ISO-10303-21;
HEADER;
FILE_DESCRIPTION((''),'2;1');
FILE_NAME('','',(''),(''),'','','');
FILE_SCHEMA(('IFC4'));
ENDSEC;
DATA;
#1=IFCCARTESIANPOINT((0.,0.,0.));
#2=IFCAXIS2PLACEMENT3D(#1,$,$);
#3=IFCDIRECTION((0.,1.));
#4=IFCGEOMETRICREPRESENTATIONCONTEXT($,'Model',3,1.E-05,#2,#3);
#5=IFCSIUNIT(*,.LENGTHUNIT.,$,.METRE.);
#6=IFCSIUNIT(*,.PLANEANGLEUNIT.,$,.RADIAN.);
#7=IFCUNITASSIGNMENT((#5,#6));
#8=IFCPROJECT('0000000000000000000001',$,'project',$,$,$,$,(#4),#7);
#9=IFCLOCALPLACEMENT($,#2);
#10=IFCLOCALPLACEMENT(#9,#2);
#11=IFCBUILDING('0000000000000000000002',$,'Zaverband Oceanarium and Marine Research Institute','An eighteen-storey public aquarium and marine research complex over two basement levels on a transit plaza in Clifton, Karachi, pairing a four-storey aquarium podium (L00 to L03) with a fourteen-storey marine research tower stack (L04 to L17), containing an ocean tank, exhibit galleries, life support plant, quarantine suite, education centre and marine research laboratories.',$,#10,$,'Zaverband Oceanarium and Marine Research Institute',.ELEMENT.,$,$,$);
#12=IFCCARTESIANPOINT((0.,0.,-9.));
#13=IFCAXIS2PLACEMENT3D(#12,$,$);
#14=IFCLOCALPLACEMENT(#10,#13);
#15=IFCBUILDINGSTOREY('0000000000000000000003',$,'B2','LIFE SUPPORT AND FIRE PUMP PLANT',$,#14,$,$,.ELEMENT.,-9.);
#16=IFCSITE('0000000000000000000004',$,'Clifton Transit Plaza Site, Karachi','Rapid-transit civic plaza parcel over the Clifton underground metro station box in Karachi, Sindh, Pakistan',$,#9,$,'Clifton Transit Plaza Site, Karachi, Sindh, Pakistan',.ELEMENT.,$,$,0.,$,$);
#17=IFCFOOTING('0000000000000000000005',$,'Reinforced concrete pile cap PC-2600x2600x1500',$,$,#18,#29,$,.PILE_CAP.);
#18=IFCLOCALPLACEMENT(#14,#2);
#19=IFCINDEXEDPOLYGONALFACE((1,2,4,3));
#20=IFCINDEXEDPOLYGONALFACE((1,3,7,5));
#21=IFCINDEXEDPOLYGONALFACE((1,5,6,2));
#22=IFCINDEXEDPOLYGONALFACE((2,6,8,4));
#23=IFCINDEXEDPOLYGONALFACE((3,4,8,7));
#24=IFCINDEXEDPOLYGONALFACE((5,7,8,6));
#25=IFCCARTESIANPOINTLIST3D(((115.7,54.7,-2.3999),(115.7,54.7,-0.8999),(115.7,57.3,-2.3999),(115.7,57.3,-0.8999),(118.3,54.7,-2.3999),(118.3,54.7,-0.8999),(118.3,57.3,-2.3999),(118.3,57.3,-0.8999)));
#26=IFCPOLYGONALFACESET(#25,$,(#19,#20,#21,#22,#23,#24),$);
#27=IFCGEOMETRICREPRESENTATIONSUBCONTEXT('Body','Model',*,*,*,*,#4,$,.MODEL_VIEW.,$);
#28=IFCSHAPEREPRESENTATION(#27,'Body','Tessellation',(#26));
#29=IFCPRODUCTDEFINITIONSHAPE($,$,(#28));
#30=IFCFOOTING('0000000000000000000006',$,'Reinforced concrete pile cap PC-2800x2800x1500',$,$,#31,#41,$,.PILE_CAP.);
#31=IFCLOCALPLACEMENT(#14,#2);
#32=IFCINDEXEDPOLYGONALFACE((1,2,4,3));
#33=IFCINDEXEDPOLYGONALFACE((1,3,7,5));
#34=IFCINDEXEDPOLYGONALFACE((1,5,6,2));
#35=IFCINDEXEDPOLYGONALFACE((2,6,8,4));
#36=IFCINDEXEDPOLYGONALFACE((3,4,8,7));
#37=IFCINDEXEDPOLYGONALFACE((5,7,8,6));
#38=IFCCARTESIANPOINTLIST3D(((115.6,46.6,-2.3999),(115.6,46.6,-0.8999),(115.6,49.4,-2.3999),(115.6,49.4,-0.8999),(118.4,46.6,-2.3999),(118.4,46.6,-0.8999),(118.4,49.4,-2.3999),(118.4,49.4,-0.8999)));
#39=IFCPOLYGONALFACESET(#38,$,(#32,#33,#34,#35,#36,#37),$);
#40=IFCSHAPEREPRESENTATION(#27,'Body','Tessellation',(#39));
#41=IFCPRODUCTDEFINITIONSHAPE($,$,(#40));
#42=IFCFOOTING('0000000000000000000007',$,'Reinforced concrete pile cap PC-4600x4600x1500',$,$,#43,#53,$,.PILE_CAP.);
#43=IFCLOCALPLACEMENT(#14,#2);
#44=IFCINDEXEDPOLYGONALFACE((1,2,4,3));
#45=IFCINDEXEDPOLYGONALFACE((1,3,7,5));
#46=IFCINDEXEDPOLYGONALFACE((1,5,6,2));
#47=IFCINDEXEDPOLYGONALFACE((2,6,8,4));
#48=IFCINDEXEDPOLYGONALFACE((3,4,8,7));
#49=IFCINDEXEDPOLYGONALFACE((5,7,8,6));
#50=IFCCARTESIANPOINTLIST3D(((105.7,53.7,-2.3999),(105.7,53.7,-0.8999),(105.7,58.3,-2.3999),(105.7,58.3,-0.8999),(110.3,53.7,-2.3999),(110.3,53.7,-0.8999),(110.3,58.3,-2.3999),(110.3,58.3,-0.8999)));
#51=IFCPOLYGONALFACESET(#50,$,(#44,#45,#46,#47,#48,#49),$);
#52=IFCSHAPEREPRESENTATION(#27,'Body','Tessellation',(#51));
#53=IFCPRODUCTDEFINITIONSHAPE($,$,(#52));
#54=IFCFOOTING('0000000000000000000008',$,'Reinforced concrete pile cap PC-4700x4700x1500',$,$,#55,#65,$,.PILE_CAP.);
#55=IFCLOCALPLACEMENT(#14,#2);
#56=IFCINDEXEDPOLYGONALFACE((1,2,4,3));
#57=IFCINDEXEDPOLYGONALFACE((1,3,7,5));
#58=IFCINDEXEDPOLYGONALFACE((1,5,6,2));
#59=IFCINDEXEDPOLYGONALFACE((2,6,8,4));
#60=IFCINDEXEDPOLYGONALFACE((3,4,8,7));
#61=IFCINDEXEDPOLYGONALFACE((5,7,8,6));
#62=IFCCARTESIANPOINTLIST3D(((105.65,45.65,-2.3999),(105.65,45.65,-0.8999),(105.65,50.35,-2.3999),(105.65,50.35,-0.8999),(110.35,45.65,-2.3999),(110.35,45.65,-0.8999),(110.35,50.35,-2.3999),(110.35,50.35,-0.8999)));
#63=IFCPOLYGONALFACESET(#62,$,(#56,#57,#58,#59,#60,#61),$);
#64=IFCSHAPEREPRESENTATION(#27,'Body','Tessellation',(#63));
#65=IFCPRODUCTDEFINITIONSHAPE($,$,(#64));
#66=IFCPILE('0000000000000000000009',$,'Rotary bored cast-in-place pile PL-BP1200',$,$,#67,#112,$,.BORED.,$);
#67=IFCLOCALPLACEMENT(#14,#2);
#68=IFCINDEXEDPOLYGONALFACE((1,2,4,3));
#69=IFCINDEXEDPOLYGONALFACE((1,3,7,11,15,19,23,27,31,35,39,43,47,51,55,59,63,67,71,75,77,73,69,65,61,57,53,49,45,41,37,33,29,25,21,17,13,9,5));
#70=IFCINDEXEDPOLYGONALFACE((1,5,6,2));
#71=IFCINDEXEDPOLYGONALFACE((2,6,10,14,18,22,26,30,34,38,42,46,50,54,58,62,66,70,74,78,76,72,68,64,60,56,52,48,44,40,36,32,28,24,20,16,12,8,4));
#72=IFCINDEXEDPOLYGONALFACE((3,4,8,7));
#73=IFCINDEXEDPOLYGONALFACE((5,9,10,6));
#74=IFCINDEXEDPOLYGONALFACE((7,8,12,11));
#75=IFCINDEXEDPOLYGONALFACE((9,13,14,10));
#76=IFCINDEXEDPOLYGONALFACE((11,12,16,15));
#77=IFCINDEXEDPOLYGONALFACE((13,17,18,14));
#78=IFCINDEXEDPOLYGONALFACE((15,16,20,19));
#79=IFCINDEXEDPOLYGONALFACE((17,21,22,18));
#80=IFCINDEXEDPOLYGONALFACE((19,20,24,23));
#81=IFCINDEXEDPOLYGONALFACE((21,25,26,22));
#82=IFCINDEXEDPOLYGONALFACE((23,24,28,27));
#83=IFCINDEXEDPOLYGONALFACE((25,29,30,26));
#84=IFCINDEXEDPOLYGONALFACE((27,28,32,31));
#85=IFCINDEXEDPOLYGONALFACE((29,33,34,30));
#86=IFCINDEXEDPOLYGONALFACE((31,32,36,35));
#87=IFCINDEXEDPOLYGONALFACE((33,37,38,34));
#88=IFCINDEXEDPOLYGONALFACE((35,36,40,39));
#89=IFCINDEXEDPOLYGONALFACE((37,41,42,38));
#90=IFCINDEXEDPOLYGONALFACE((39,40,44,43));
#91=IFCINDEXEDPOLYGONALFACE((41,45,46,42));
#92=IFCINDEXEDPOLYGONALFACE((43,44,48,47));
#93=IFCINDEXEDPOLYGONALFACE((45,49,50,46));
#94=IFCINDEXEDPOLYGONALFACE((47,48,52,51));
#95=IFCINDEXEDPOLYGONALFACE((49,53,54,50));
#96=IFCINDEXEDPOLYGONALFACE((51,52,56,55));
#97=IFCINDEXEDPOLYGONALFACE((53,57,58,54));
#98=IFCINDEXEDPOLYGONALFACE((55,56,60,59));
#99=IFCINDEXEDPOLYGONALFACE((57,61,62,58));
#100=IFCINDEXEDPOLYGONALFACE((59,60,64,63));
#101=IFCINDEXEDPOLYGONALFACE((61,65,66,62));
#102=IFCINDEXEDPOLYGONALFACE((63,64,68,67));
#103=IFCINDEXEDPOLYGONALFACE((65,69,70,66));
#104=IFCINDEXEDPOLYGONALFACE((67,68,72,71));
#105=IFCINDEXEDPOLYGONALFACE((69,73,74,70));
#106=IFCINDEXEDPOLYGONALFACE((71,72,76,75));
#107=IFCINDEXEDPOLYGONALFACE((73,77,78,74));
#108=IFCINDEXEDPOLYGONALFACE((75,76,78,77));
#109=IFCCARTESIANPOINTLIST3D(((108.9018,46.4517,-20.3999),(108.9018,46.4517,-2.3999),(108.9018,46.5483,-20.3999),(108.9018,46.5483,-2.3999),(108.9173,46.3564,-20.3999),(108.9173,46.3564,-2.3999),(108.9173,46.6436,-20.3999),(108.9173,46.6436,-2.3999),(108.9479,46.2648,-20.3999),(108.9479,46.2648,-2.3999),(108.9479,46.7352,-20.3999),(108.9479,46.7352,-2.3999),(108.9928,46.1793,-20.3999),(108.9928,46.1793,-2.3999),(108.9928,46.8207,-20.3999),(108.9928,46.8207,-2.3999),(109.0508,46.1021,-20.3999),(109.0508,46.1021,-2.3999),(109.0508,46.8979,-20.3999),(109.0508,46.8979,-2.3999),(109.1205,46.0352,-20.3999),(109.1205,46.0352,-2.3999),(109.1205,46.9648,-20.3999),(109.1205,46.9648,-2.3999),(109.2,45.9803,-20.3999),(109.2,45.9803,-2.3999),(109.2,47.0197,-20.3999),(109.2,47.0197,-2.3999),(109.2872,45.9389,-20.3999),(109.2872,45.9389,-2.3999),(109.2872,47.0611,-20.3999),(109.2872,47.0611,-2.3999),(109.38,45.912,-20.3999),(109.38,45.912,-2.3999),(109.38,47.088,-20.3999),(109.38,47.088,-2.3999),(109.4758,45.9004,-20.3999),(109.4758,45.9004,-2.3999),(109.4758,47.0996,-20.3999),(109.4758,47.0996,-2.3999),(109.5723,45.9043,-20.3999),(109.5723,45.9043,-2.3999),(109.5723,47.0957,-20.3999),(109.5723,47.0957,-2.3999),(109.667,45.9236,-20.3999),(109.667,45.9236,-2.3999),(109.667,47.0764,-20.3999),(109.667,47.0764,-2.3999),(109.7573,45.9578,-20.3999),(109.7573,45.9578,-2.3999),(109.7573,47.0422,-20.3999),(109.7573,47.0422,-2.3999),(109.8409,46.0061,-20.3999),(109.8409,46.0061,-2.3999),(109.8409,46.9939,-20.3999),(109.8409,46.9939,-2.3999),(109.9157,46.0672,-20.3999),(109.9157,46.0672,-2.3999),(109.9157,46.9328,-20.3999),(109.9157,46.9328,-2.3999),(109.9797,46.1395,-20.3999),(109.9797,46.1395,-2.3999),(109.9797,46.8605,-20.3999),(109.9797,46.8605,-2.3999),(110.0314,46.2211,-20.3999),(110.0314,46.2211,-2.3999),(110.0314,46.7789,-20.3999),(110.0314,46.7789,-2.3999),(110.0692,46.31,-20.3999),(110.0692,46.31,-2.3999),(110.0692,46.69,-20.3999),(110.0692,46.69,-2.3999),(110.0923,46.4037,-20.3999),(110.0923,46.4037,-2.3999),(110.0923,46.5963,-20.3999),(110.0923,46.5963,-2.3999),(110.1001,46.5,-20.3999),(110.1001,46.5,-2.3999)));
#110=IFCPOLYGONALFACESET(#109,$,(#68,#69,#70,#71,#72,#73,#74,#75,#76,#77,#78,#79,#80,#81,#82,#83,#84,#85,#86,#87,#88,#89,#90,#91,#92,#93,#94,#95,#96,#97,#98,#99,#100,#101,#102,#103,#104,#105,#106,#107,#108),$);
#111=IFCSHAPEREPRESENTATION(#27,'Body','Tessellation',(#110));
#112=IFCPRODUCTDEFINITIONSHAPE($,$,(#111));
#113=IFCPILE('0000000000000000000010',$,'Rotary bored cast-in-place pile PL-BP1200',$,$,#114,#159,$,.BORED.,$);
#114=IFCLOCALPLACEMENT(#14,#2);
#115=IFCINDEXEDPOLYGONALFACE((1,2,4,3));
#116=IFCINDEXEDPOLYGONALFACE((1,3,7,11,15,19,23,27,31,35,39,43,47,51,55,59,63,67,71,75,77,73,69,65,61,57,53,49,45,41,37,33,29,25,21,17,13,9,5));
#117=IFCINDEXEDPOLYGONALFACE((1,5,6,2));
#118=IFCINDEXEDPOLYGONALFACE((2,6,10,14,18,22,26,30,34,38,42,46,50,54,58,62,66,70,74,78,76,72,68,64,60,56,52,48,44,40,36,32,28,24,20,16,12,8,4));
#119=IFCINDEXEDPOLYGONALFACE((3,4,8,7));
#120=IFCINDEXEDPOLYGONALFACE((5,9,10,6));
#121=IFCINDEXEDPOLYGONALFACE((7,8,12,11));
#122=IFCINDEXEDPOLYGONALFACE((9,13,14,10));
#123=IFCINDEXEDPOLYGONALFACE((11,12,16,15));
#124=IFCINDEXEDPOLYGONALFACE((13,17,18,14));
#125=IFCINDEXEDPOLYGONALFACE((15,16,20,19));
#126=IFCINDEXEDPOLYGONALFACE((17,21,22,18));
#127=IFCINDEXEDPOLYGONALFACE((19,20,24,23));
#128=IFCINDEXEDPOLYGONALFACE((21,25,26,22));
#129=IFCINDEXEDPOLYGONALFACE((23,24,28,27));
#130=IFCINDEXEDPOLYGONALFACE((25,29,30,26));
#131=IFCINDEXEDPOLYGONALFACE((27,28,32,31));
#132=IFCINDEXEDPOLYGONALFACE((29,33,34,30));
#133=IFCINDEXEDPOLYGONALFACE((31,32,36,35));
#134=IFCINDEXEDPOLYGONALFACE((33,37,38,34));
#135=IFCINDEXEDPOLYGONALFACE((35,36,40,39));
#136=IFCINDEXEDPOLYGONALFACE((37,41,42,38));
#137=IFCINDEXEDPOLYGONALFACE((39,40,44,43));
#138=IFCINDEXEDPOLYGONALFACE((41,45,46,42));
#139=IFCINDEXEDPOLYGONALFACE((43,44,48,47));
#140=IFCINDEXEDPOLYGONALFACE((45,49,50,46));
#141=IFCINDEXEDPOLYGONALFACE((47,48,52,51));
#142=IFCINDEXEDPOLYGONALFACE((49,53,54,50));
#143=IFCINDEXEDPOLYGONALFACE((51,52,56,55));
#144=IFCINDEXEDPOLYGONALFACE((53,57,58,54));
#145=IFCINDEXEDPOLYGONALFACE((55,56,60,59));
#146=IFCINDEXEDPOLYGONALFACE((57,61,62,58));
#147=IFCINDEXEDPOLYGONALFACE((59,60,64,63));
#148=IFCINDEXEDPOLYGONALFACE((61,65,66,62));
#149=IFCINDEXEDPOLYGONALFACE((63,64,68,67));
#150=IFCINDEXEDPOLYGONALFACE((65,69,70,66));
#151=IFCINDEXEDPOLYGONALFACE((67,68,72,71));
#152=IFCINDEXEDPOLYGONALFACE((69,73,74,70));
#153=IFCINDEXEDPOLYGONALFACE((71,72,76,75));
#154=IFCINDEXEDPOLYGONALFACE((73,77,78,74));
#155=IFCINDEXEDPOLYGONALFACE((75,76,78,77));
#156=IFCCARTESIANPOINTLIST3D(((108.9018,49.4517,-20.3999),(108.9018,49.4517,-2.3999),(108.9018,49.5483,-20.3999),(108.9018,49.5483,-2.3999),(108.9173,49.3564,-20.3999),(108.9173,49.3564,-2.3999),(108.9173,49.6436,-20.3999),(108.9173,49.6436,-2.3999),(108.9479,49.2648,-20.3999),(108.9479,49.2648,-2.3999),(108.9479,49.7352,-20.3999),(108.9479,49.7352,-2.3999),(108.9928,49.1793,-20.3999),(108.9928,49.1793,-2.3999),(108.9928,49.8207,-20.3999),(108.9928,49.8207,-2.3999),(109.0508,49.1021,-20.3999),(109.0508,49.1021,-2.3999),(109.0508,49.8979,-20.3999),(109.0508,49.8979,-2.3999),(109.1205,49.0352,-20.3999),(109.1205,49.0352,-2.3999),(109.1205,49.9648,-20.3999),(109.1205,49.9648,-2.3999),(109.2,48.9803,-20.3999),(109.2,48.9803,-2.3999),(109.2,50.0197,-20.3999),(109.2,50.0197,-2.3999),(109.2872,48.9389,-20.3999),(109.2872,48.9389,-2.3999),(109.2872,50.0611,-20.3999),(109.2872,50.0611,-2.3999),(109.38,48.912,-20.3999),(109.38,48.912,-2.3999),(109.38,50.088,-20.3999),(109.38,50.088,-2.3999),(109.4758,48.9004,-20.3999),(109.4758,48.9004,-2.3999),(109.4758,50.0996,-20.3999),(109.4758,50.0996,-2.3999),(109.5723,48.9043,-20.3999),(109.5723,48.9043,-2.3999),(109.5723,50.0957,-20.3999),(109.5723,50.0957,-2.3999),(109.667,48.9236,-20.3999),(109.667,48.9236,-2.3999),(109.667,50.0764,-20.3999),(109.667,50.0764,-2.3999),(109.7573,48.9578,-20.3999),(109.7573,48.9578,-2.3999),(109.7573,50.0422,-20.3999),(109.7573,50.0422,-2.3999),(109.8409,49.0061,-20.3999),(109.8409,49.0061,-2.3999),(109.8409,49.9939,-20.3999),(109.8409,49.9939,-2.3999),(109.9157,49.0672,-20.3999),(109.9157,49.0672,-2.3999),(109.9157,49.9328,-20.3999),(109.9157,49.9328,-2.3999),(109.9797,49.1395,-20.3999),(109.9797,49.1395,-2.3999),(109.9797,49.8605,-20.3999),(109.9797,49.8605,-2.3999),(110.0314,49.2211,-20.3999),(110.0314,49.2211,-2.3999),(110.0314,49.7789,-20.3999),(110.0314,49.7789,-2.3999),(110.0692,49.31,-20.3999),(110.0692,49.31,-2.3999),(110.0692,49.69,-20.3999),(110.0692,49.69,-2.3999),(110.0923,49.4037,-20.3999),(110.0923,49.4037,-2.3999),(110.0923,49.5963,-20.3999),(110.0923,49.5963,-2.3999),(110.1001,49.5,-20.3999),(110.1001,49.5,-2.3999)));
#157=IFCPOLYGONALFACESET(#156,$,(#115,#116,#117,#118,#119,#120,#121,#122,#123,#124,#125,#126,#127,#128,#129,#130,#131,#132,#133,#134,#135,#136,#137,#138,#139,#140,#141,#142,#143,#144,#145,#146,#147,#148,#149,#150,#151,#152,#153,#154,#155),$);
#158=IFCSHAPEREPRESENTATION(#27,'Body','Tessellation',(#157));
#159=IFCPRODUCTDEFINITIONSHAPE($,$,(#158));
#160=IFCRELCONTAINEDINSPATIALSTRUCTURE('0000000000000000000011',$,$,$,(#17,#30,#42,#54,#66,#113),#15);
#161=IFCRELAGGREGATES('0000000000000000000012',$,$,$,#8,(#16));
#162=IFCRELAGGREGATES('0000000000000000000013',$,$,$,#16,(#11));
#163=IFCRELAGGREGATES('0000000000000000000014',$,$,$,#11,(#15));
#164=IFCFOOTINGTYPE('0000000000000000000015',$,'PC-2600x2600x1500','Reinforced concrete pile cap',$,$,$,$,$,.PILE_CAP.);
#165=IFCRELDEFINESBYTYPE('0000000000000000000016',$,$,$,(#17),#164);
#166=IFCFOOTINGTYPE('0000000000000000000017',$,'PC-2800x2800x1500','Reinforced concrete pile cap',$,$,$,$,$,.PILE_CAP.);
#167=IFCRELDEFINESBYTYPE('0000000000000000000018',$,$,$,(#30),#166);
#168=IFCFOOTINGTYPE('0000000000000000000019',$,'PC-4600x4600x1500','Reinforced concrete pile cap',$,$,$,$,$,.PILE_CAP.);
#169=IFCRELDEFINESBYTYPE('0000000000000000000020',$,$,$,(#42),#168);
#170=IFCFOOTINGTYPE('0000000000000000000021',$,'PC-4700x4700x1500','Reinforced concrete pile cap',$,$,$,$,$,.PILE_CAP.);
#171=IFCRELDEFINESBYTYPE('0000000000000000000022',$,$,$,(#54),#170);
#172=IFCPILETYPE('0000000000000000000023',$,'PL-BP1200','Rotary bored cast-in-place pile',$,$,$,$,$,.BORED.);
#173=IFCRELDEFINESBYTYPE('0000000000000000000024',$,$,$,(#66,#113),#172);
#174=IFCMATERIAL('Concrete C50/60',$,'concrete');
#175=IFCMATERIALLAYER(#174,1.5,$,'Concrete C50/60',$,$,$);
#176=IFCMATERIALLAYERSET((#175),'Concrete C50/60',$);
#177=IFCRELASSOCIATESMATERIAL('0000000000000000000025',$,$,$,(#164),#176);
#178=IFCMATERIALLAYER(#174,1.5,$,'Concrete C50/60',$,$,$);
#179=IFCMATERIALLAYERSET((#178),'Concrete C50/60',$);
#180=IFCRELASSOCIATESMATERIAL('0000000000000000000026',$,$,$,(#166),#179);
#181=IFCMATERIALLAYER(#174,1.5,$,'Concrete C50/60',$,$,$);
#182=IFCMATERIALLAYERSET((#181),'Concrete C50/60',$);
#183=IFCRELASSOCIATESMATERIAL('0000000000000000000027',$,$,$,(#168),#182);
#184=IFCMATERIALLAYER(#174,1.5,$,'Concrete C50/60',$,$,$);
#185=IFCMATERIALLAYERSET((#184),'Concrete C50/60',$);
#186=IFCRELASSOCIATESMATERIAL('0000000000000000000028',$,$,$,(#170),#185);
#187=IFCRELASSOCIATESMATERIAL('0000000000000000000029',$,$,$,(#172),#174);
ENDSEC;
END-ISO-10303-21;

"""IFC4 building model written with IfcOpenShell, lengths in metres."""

from ifc_helpers import new_model, si_unit, direction, frame, origin, origin_2d, place, context, subcontext, project, spatial, rectangle, circle, extrude, material, layer, layer_set, material_profile, profile_set, type_object, element, save


model = new_model("IFC4")

# Units and contexts
model_context = context("Model", 3, precision=1e-05, world=origin(), true_north=direction((0.0, 1.0)))
body_context = subcontext(model_context, "Body", "Model", "MODEL_VIEW")
ifc_project = project(units=[si_unit("LENGTHUNIT", "METRE"), si_unit("PLANEANGLEUNIT", "RADIAN")], contexts=[model_context])

# Site, building, storey
site_placement = place(None, origin())
site = spatial("IfcSite", under=ifc_project, at=site_placement, Name="Clifton Transit Plaza Site, Karachi", Description="Rapid-transit civic plaza parcel over the Clifton underground metro station box in Karachi, Sindh, Pakistan", LongName="Clifton Transit Plaza Site, Karachi, Sindh, Pakistan", CompositionType="ELEMENT", RefElevation=0.0)
building_placement = place(site_placement, origin())
building = spatial("IfcBuilding", under=site, at=building_placement, Name="Zaverband Oceanarium and Marine Research Institute", Description="An eighteen-storey public aquarium and marine research complex over two basement levels on a transit plaza in Clifton, Karachi, pairing a four-storey aquarium podium (L00 to L03) with a fourteen-storey marine research tower stack (L04 to L17), containing an ocean tank, exhibit galleries, life support plant, quarantine suite, education centre and marine research laboratories.", LongName="Zaverband Oceanarium and Marine Research Institute", CompositionType="ELEMENT")
storey_placement = place(building_placement, frame((0.0, 0.0, -9.0)))
storey = spatial("IfcBuildingStorey", under=building, at=storey_placement, Name="B2", Description="LIFE SUPPORT AND FIRE PUMP PLANT", CompositionType="ELEMENT", Elevation=-9.0)

# Footings
ifc_material_1 = material(Name="Concrete C50/60", Category="concrete")
ifc_layer_1 = layer(ifc_material_1, 1.5, Name="Concrete C50/60")
ifc_layer_set_1 = layer_set([ifc_layer_1], Name="Concrete C50/60")
footing_type_1 = type_object("IfcFootingType", Name="PC-2600x2600x1500", Description="Reinforced concrete pile cap", PredefinedType="PILE_CAP", material=ifc_layer_set_1)
footing_1_placement = place(storey_placement, frame((117.0, 56.0, -2.3999), z_axis=(0.0, 0.0, 1.0), x_axis=(1.0, 0.0, 0.0)))
element("IfcFooting", 1, at=footing_1_placement, inside=storey, type_object=footing_type_1, Name="Reinforced concrete pile cap PC-2600x2600x1500", PredefinedType="PILE_CAP", context=body_context, shape_type="SweptSolid", body=[
    extrude(rectangle(XDim=2.6001, YDim=2.6001, at=origin_2d()), origin(), (0.0, 0.0, 1.0), 1.5),
])
ifc_layer_2 = layer(ifc_material_1, 1.5, Name="Concrete C50/60")
ifc_layer_set_2 = layer_set([ifc_layer_2], Name="Concrete C50/60")
footing_type_2 = type_object("IfcFootingType", Name="PC-2800x2800x1500", Description="Reinforced concrete pile cap", PredefinedType="PILE_CAP", material=ifc_layer_set_2)
footing_2_placement = place(storey_placement, frame((117.0, 48.0, -2.3999), z_axis=(0.0, 0.0, 1.0), x_axis=(1.0, 0.0, 0.0)))
element("IfcFooting", 2, at=footing_2_placement, inside=storey, type_object=footing_type_2, Name="Reinforced concrete pile cap PC-2800x2800x1500", PredefinedType="PILE_CAP", context=body_context, shape_type="SweptSolid", body=[
    extrude(rectangle(XDim=2.8, YDim=2.8, at=origin_2d()), origin(), (0.0, 0.0, 1.0), 1.5),
])
ifc_layer_3 = layer(ifc_material_1, 1.5, Name="Concrete C50/60")
ifc_layer_set_3 = layer_set([ifc_layer_3], Name="Concrete C50/60")
footing_type_3 = type_object("IfcFootingType", Name="PC-4600x4600x1500", Description="Reinforced concrete pile cap", PredefinedType="PILE_CAP", material=ifc_layer_set_3)
footing_3_placement = place(storey_placement, frame((108.0, 56.0, -2.3999), z_axis=(0.0, 0.0, 1.0), x_axis=(1.0, 0.0, 0.0)))
element("IfcFooting", 3, at=footing_3_placement, inside=storey, type_object=footing_type_3, Name="Reinforced concrete pile cap PC-4600x4600x1500", PredefinedType="PILE_CAP", context=body_context, shape_type="SweptSolid", body=[
    extrude(rectangle(XDim=4.6001, YDim=4.6001, at=origin_2d()), origin(), (0.0, 0.0, 1.0), 1.5),
])
ifc_layer_4 = layer(ifc_material_1, 1.5, Name="Concrete C50/60")
ifc_layer_set_4 = layer_set([ifc_layer_4], Name="Concrete C50/60")
footing_type_4 = type_object("IfcFootingType", Name="PC-4700x4700x1500", Description="Reinforced concrete pile cap", PredefinedType="PILE_CAP", material=ifc_layer_set_4)
footing_4_placement = place(storey_placement, frame((108.0, 48.0, -2.3999), z_axis=(0.0, 0.0, 1.0), x_axis=(1.0, 0.0, 0.0)))
element("IfcFooting", 4, at=footing_4_placement, inside=storey, type_object=footing_type_4, Name="Reinforced concrete pile cap PC-4700x4700x1500", PredefinedType="PILE_CAP", context=body_context, shape_type="SweptSolid", body=[
    extrude(rectangle(XDim=4.7, YDim=4.7, at=origin_2d()), origin(), (0.0, 0.0, 1.0), 1.5),
])

# Piles
ifc_material_profile_1 = material_profile(ifc_material_1, circle(Radius=0.6001, at=origin_2d()), Name="BP1200")
ifc_profile_set_1 = profile_set([ifc_material_profile_1], Name="Concrete C50/60")
pile_type = type_object("IfcPileType", Name="PL-BP1200", Description="Rotary bored cast-in-place pile", PredefinedType="BORED", material=ifc_profile_set_1)
for number, where, z_axis, x_axis, name in (
    (5, (109.5, 46.5, -2.3999), (0.0, 0.0, -1.0), (1.0, 0.0, 0.0), "Rotary bored cast-in-place pile PL-BP1200"),
    (6, (109.5, 49.5, -2.3999), (0.0, 0.0, -1.0), (1.0, 0.0, 0.0), "Rotary bored cast-in-place pile PL-BP1200"),
):
    element("IfcPile", number, at=place(storey_placement, frame(where, z_axis=z_axis, x_axis=x_axis)), inside=storey, type_object=pile_type, Name=name, PredefinedType="BORED", context=body_context, shape_type="SweptSolid", body=[
        extrude(circle(Radius=0.6001, at=origin_2d()), origin(), (0.0, 0.0, 1.0), 18.0),
    ])

save(model, "model.ifc")
